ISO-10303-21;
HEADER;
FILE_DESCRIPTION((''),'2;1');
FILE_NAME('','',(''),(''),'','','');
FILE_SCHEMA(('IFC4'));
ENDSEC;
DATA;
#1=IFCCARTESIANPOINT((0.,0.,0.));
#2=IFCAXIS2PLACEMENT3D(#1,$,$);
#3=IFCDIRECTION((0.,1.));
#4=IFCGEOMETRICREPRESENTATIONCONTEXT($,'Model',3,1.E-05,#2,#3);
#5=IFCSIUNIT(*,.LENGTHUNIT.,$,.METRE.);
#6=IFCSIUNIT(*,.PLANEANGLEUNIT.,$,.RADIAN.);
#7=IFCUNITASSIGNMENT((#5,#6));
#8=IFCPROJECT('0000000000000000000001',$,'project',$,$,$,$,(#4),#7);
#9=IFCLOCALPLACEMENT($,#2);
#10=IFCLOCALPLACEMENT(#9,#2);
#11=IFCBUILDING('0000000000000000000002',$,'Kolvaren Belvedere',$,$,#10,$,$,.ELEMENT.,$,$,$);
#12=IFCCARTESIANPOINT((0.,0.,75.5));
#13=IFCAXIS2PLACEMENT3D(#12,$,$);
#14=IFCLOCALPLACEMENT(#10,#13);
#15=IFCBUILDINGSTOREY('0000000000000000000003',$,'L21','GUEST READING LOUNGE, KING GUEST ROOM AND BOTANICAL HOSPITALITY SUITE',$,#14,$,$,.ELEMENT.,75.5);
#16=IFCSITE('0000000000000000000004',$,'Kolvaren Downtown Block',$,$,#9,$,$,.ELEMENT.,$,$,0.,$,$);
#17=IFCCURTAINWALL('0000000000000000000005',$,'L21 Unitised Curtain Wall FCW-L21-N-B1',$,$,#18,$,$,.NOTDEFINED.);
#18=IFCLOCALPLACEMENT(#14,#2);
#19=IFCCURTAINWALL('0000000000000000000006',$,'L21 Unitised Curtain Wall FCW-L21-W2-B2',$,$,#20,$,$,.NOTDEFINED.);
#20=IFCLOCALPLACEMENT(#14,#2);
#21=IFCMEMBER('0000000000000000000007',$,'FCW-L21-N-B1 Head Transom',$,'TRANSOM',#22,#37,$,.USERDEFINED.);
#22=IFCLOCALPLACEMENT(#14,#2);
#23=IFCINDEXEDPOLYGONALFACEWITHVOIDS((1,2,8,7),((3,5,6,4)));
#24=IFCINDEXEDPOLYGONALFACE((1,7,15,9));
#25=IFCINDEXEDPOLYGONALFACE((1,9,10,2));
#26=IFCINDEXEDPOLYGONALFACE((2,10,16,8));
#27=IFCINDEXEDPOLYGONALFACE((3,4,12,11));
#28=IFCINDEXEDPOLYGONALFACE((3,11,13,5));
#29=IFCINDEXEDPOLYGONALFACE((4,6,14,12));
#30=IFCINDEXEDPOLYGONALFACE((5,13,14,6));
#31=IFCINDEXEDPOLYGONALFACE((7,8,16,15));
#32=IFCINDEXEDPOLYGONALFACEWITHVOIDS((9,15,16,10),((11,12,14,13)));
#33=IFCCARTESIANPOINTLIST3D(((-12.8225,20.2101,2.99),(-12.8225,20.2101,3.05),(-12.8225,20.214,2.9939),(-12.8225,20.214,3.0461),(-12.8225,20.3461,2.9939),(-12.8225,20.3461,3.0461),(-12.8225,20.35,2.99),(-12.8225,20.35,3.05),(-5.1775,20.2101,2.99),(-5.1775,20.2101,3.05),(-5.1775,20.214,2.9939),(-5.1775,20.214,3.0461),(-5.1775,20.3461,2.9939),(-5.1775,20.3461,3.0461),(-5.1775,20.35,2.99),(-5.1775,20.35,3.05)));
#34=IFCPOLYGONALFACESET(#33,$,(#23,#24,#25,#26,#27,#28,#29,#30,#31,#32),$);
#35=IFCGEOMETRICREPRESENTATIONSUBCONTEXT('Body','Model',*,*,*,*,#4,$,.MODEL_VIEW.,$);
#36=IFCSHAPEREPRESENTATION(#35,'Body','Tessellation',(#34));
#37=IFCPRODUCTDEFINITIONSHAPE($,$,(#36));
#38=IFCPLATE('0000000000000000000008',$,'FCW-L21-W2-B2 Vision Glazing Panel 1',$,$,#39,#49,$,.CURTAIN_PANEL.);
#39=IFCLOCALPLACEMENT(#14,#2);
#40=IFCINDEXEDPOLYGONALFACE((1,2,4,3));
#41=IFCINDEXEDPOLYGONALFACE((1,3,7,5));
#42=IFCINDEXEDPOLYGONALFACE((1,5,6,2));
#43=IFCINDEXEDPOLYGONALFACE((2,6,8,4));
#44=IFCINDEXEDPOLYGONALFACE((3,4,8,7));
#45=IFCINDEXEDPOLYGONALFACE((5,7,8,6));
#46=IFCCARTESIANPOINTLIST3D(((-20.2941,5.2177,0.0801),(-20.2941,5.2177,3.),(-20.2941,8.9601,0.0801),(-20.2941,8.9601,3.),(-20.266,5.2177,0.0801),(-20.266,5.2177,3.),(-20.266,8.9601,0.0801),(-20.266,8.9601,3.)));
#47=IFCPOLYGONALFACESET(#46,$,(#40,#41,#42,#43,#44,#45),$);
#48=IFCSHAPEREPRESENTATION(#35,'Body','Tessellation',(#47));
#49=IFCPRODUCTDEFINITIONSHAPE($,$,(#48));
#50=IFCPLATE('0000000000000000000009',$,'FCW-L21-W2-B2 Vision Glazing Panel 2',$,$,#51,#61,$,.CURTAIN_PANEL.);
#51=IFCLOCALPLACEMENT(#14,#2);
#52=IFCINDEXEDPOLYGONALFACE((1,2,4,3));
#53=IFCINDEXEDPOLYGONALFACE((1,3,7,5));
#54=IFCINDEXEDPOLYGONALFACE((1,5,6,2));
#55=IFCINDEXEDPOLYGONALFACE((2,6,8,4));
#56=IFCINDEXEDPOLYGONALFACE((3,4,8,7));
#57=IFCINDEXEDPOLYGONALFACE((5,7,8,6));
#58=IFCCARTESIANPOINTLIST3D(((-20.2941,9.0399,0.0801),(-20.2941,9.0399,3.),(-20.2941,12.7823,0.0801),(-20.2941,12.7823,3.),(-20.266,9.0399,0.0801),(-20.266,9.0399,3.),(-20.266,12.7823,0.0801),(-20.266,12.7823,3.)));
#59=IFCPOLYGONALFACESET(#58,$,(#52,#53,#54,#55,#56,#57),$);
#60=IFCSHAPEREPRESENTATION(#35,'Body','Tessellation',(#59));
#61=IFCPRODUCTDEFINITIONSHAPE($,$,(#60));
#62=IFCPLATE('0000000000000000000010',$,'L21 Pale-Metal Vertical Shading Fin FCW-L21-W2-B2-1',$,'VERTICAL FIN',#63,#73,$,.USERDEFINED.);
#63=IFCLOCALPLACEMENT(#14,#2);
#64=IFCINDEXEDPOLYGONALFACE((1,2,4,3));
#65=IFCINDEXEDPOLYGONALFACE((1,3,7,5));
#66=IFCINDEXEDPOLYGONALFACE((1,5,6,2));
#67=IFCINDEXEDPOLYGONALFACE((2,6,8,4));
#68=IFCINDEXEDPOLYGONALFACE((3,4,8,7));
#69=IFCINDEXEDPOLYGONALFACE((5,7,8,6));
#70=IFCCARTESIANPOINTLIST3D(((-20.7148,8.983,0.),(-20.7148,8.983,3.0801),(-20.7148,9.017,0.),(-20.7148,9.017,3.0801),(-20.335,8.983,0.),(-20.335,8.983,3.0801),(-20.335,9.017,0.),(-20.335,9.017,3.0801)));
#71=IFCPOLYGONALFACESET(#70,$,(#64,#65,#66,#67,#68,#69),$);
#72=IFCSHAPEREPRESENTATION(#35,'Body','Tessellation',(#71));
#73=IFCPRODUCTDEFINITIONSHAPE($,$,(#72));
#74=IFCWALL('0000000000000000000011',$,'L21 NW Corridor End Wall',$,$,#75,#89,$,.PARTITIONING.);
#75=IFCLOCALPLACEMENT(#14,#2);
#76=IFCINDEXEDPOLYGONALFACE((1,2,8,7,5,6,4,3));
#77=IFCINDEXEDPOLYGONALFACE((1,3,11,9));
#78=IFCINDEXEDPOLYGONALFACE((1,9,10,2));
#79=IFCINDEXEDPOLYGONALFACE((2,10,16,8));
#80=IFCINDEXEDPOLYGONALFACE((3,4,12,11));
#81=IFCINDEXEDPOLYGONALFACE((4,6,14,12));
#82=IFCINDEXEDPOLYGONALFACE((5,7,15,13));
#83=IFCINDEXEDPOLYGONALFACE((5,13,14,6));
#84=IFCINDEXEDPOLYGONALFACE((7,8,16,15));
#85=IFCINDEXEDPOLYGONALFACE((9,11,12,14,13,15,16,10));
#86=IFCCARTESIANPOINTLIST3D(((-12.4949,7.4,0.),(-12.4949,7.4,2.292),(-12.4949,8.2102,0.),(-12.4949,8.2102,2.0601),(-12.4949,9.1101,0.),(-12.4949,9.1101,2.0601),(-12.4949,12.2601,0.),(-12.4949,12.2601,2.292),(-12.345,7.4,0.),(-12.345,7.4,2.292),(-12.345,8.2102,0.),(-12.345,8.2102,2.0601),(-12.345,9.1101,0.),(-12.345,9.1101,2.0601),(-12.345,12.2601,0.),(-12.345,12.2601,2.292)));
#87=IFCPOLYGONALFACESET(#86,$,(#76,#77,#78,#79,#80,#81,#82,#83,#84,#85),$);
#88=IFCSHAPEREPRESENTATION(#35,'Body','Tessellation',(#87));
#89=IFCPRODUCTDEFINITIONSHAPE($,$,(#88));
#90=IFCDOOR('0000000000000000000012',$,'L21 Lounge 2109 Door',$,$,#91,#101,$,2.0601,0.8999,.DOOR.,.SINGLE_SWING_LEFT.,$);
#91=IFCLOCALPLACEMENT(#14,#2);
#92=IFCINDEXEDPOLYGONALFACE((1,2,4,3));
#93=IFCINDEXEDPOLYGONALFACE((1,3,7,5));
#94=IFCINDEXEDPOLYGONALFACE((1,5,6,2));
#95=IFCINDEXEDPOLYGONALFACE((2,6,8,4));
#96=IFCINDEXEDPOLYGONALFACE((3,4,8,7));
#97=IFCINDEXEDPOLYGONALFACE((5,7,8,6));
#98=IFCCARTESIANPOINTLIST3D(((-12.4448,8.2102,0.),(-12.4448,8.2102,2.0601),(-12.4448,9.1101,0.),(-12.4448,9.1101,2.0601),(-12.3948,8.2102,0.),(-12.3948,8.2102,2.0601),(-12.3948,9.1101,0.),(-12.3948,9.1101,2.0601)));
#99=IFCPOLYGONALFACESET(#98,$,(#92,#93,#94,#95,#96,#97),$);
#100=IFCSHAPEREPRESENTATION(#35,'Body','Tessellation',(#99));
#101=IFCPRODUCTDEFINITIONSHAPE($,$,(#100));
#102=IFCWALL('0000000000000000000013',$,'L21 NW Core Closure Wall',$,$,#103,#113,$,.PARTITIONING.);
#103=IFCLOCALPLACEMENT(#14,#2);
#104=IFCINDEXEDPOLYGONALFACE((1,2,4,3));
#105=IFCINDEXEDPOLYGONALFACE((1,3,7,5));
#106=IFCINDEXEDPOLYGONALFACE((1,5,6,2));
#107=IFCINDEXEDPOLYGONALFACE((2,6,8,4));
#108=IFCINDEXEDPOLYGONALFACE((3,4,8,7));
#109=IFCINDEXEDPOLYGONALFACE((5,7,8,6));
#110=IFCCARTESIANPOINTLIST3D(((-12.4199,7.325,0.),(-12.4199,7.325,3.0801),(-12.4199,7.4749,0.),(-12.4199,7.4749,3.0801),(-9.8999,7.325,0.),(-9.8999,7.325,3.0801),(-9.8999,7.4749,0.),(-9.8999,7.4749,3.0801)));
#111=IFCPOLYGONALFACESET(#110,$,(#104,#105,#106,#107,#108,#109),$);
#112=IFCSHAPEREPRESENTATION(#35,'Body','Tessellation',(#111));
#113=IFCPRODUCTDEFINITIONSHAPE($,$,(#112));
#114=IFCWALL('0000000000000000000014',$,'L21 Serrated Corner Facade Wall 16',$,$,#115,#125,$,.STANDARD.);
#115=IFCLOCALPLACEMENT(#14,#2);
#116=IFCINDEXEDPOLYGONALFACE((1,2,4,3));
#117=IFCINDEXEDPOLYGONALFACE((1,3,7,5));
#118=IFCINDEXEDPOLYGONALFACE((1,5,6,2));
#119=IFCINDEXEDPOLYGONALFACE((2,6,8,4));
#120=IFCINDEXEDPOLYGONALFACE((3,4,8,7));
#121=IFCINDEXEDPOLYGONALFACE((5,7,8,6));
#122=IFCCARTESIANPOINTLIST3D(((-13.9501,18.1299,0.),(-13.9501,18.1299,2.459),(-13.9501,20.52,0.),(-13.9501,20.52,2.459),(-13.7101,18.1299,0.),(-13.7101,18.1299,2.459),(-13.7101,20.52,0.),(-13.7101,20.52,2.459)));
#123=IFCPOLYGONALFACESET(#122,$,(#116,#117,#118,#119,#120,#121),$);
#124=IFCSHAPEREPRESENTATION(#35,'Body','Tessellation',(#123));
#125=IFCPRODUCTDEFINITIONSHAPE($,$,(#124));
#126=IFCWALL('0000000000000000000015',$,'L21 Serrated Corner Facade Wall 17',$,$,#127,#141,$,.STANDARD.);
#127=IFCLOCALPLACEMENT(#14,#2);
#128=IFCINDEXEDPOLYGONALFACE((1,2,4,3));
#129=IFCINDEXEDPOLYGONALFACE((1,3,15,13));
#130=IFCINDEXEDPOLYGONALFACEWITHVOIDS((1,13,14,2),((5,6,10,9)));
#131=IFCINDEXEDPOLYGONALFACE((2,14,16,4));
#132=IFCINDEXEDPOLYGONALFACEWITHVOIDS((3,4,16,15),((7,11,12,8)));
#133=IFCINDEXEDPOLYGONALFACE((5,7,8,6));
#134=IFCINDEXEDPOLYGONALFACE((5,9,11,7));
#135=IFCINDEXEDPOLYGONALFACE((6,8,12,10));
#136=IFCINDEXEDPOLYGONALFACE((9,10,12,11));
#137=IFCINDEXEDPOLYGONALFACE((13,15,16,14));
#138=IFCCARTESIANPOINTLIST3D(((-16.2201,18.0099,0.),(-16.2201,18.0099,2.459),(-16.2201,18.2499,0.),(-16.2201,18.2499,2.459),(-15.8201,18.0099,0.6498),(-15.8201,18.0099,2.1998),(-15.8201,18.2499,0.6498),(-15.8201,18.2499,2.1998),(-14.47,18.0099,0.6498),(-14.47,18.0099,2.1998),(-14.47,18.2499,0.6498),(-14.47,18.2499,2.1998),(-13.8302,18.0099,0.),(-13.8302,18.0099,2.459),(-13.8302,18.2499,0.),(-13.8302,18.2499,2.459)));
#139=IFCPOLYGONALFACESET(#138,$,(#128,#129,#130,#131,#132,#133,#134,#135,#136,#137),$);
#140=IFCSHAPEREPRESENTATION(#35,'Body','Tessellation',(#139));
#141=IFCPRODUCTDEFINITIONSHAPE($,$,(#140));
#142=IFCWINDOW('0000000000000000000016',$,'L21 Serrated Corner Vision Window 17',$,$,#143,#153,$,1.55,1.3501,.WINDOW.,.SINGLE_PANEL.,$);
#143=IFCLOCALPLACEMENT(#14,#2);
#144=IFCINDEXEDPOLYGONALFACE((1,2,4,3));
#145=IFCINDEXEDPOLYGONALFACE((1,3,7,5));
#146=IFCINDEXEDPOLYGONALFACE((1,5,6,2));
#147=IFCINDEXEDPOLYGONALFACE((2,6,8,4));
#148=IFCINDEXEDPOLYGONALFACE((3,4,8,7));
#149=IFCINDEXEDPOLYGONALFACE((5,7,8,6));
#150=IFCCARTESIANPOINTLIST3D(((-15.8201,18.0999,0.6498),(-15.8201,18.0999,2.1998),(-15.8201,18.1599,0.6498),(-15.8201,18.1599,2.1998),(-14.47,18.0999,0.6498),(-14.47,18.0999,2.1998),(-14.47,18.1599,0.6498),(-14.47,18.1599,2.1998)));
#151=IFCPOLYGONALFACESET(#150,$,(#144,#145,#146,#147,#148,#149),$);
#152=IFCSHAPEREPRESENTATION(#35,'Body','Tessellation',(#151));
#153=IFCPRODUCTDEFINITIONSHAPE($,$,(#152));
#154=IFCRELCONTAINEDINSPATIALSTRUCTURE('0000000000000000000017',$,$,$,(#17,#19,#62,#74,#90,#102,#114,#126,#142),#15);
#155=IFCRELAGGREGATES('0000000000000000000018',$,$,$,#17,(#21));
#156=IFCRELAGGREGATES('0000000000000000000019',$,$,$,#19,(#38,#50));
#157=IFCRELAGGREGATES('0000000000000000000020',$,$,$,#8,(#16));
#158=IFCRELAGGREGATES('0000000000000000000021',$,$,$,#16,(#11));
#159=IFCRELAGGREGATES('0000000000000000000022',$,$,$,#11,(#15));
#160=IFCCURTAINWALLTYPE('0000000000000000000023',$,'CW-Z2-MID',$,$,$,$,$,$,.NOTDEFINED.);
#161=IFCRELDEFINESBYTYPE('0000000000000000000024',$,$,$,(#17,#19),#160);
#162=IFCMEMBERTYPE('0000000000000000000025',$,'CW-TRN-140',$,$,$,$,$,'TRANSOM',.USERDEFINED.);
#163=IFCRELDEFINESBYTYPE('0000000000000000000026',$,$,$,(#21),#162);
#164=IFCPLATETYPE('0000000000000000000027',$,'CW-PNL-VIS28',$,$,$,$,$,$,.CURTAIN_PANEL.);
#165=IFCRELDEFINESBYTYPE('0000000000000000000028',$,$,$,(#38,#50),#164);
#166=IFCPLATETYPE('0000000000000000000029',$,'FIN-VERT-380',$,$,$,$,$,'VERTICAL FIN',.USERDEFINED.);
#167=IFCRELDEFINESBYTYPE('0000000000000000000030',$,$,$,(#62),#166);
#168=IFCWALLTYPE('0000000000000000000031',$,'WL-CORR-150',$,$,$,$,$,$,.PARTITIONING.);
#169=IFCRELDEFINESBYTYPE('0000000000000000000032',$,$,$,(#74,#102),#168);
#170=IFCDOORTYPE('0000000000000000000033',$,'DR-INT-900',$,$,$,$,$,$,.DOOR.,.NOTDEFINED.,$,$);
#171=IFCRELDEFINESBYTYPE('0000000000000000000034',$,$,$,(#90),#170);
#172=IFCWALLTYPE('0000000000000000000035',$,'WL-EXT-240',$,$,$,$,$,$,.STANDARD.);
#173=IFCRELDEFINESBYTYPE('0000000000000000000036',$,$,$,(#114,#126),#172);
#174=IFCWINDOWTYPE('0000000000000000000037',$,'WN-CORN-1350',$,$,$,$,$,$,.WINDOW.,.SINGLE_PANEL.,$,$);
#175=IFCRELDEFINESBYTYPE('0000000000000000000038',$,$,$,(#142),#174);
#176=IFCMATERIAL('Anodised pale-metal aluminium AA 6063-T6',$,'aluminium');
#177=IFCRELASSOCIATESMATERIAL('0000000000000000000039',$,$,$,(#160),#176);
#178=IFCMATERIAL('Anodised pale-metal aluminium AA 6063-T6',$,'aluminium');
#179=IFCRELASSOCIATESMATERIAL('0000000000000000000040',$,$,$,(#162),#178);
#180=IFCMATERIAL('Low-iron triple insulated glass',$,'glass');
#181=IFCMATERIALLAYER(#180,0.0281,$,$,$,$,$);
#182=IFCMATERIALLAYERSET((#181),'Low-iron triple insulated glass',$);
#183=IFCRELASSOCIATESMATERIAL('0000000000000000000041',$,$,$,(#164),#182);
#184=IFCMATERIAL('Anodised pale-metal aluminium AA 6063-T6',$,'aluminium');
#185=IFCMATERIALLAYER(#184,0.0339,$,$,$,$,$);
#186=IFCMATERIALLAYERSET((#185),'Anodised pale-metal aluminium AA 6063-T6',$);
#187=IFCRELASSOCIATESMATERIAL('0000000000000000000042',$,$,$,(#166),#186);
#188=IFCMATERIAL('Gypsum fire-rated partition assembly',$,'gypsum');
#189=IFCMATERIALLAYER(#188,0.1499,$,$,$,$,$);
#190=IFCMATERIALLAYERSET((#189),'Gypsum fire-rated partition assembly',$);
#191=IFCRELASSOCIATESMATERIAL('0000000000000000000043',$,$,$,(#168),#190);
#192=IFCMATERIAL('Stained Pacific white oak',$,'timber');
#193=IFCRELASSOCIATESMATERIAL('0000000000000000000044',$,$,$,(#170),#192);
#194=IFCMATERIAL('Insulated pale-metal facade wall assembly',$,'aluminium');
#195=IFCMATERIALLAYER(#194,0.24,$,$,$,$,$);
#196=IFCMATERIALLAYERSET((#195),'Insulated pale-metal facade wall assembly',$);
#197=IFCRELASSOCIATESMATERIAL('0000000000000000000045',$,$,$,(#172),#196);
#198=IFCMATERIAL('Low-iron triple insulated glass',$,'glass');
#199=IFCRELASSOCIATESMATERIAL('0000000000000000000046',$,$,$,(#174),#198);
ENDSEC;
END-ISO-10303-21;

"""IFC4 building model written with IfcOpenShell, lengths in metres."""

from ifc_helpers import new_model, si_unit, direction, frame, frame_2d, origin, origin_2d, place, context, subcontext, project, spatial, rectangle, hollow_rectangle, extrude, material, layer, layer_set, material_profile, profile_set, type_object, element, fill, aggregate, save


model = new_model("IFC4")

# Units and contexts
model_context = context("Model", 3, precision=1e-05, world=origin(), true_north=direction((0.0, 1.0)))
body_context = subcontext(model_context, "Body", "Model", "MODEL_VIEW")
ifc_project = project(units=[si_unit("LENGTHUNIT", "METRE"), si_unit("PLANEANGLEUNIT", "RADIAN")], contexts=[model_context])

# Site, building, storey
site_placement = place(None, origin())
site = spatial("IfcSite", under=ifc_project, at=site_placement, Name="Kolvaren Downtown Block", CompositionType="ELEMENT", RefElevation=0.0)
building_placement = place(site_placement, origin())
building = spatial("IfcBuilding", under=site, at=building_placement, Name="Kolvaren Belvedere", CompositionType="ELEMENT")
storey_placement = place(building_placement, frame((0.0, 0.0, 75.5)))
storey = spatial("IfcBuildingStorey", under=building, at=storey_placement, Name="L21", Description="GUEST READING LOUNGE, KING GUEST ROOM AND BOTANICAL HOSPITALITY SUITE", CompositionType="ELEMENT", Elevation=75.5)

# Curtain wall
ifc_material_1 = material(Name="Anodised pale-metal aluminium AA 6063-T6", Category="aluminium")
curtain_wall_type = type_object("IfcCurtainWallType", Name="CW-Z2-MID", PredefinedType="NOTDEFINED", material=ifc_material_1)
curtain_wall_1_placement = place(storey_placement, origin())
curtain_wall_1 = element("IfcCurtainWall", 1, at=curtain_wall_1_placement, inside=storey, type_object=curtain_wall_type, Name="L21 Unitised Curtain Wall FCW-L21-N-B1", PredefinedType="NOTDEFINED")

# Curtain wall
curtain_wall_2_placement = place(storey_placement, origin())
curtain_wall_2 = element("IfcCurtainWall", 2, at=curtain_wall_2_placement, inside=storey, type_object=curtain_wall_type, Name="L21 Unitised Curtain Wall FCW-L21-W2-B2", PredefinedType="NOTDEFINED")

# Member
ifc_material_2 = material(Name="Anodised pale-metal aluminium AA 6063-T6", Category="aluminium")
ifc_material_profile_1 = material_profile(ifc_material_2, hollow_rectangle(XDim=0.0601, YDim=0.1399, WallThickness=0.0039, at=origin_2d()), Name="ALU-TRN-140X60")
ifc_profile_set_1 = profile_set([ifc_material_profile_1], Name="Anodised pale-metal aluminium AA 6063-T6")
member_type_1 = type_object("IfcMemberType", Name="CW-TRN-140", ElementType="TRANSOM", PredefinedType="USERDEFINED", material=ifc_profile_set_1)
member_1_placement = place(storey_placement, frame((-12.8225, 20.28, 3.02), z_axis=(1.0, 0.0, 0.0), x_axis=(0.0, 0.0, 1.0)))
member_1 = element("IfcMember", 3, at=member_1_placement, type_object=member_type_1, Name="FCW-L21-N-B1 Head Transom", ObjectType="TRANSOM", PredefinedType="USERDEFINED", context=body_context, shape_type="SweptSolid", body=[
    extrude(hollow_rectangle(XDim=0.0601, YDim=0.1399, WallThickness=0.0039, at=origin_2d()), origin(), (0.0, 0.0, 1.0), 7.645),
])
aggregate(curtain_wall_1, [member_1])

# Plates
ifc_material_3 = material(Name="Low-iron triple insulated glass", Category="glass")
ifc_layer_1 = layer(ifc_material_3, 0.0281)
ifc_layer_set_1 = layer_set([ifc_layer_1], Name="Low-iron triple insulated glass")
plate_type_1 = type_object("IfcPlateType", Name="CW-PNL-VIS28", PredefinedType="CURTAIN_PANEL", material=ifc_layer_set_1)
plate_1_placement = place(storey_placement, frame((-20.28, 7.0889, 0.0801), z_axis=(0.0, 0.0, 1.0), x_axis=(0.0, 1.0, 0.0)))
plate_1 = element("IfcPlate", 4, at=plate_1_placement, type_object=plate_type_1, Name="FCW-L21-W2-B2 Vision Glazing Panel 1", PredefinedType="CURTAIN_PANEL", context=body_context, shape_type="SweptSolid", body=[
    extrude(rectangle(XDim=3.7424, YDim=0.0281, at=origin_2d()), origin(), (0.0, 0.0, 1.0), 2.9199),
])
plate_2_placement = place(storey_placement, frame((-20.28, 10.9111, 0.0801), z_axis=(0.0, 0.0, 1.0), x_axis=(0.0, 1.0, 0.0)))
plate_2 = element("IfcPlate", 5, at=plate_2_placement, type_object=plate_type_1, Name="FCW-L21-W2-B2 Vision Glazing Panel 2", PredefinedType="CURTAIN_PANEL", context=body_context, shape_type="SweptSolid", body=[
    extrude(rectangle(XDim=3.7424, YDim=0.0281, at=origin_2d()), origin(), (0.0, 0.0, 1.0), 2.9199),
])
aggregate(curtain_wall_2, [plate_1, plate_2])
ifc_material_4 = material(Name="Anodised pale-metal aluminium AA 6063-T6", Category="aluminium")
ifc_layer_2 = layer(ifc_material_4, 0.0339)
ifc_layer_set_2 = layer_set([ifc_layer_2], Name="Anodised pale-metal aluminium AA 6063-T6")
plate_type_2 = type_object("IfcPlateType", Name="FIN-VERT-380", ElementType="VERTICAL FIN", PredefinedType="USERDEFINED", material=ifc_layer_set_2)
plate_3_placement = place(storey_placement, frame((-20.5249, 9.0, 0.0), z_axis=(0.0, 0.0, 1.0), x_axis=(1.0, 0.0, 0.0)))
element("IfcPlate", 6, at=plate_3_placement, inside=storey, type_object=plate_type_2, Name="L21 Pale-Metal Vertical Shading Fin FCW-L21-W2-B2-1", ObjectType="VERTICAL FIN", PredefinedType="USERDEFINED", context=body_context, shape_type="SweptSolid", body=[
    extrude(rectangle(XDim=0.3799, YDim=0.0339, at=origin_2d()), origin(), (0.0, 0.0, 1.0), 3.0801),
])

# Wall, opening, door
ifc_material_5 = material(Name="Gypsum fire-rated partition assembly", Category="gypsum")
ifc_layer_3 = layer(ifc_material_5, 0.1499)
ifc_layer_set_3 = layer_set([ifc_layer_3], Name="Gypsum fire-rated partition assembly")
wall_type_1 = type_object("IfcWallType", Name="WL-CORR-150", PredefinedType="PARTITIONING", material=ifc_layer_set_3)
wall_1_placement = place(storey_placement, frame((-12.4199, 7.3999, 0.0), z_axis=(0.0, 0.0, 1.0), x_axis=(0.0, 1.0, 0.0)))
wall_1 = element("IfcWall", 7, at=wall_1_placement, inside=storey, type_object=wall_type_1, Name="L21 NW Corridor End Wall", PredefinedType="PARTITIONING", context=body_context, shape_type="SweptSolid", body=[
    extrude(rectangle(XDim=4.8601, YDim=0.1499, at=frame_2d((2.4302, 0.0))), origin(), (0.0, 0.0, 1.0), 2.292),
])
opening_1_placement = place(wall_1_placement, frame((0.8103, 0.0, 0.0)))
opening_1 = element("IfcOpeningElement", 8, at=opening_1_placement, cuts=wall_1, PredefinedType="OPENING", context=body_context, shape_type="SweptSolid", body=[
    extrude(rectangle(XDim=0.8999, YDim=2.0601, at=frame_2d((0.45, 1.03))), frame((0.0, 0.085, 0.0), z_axis=(0.0, -1.0, 0.0), x_axis=(1.0, 0.0, 0.0)), (0.0, 0.0, 1.0), 0.1699),
])
ifc_material_6 = material(Name="Stained Pacific white oak", Category="timber")
door_type = type_object("IfcDoorType", Name="DR-INT-900", OperationType="NOTDEFINED", PredefinedType="DOOR", material=ifc_material_6)
door_placement = place(opening_1_placement, origin())
door = element("IfcDoor", 9, at=door_placement, inside=storey, type_object=door_type, Name="L21 Lounge 2109 Door", OperationType="SINGLE_SWING_LEFT", OverallHeight=2.0601, OverallWidth=0.8999, PredefinedType="DOOR", context=body_context, shape_type="SweptSolid", body=[
    extrude(rectangle(XDim=0.8999, YDim=2.0601, at=frame_2d((0.45, 1.03))), frame((0.0, 0.0249, 0.0), z_axis=(0.0, -1.0, 0.0), x_axis=(1.0, 0.0, 0.0)), (0.0, 0.0, 1.0), 0.05),
])
fill(opening_1, door)

# Walls
wall_2_placement = place(storey_placement, frame((-12.4199, 7.3999, 0.0), z_axis=(0.0, 0.0, 1.0), x_axis=(1.0, 0.0, 0.0)))
element("IfcWall", 10, at=wall_2_placement, inside=storey, type_object=wall_type_1, Name="L21 NW Core Closure Wall", PredefinedType="PARTITIONING", context=body_context, shape_type="SweptSolid", body=[
    extrude(rectangle(XDim=2.52, YDim=0.1499, at=frame_2d((1.26, 0.0))), origin(), (0.0, 0.0, 1.0), 3.0801),
])
ifc_material_7 = material(Name="Insulated pale-metal facade wall assembly", Category="aluminium")
ifc_layer_4 = layer(ifc_material_7, 0.24)
ifc_layer_set_4 = layer_set([ifc_layer_4], Name="Insulated pale-metal facade wall assembly")
wall_type_2 = type_object("IfcWallType", Name="WL-EXT-240", PredefinedType="STANDARD", material=ifc_layer_set_4)
wall_3_placement = place(storey_placement, frame((-13.8301, 18.1299, 0.0), z_axis=(0.0, 0.0, 1.0), x_axis=(0.0, 1.0, 0.0)))
element("IfcWall", 11, at=wall_3_placement, inside=storey, type_object=wall_type_2, Name="L21 Serrated Corner Facade Wall 16", PredefinedType="STANDARD", context=body_context, shape_type="SweptSolid", body=[
    extrude(rectangle(XDim=2.3901, YDim=0.24, at=frame_2d((1.1951, 0.0))), origin(), (0.0, 0.0, 1.0), 2.459),
])

# Wall, opening, window
wall_4_placement = place(storey_placement, frame((-16.22, 18.1299, 0.0), z_axis=(0.0, 0.0, 1.0), x_axis=(1.0, 0.0, 0.0)))
wall_4 = element("IfcWall", 12, at=wall_4_placement, inside=storey, type_object=wall_type_2, Name="L21 Serrated Corner Facade Wall 17", PredefinedType="STANDARD", context=body_context, shape_type="SweptSolid", body=[
    extrude(rectangle(XDim=2.3899, YDim=0.24, at=frame_2d((1.1948, 0.0))), origin(), (0.0, 0.0, 1.0), 2.459),
])
opening_2_placement = place(wall_4_placement, frame((0.3999, 0.0, 0.6499)))
opening_2 = element("IfcOpeningElement", 13, at=opening_2_placement, cuts=wall_4, PredefinedType="OPENING", context=body_context, shape_type="SweptSolid", body=[
    extrude(rectangle(XDim=1.3501, YDim=1.55, at=frame_2d((0.675, 0.7749))), frame((0.0, 0.1299, 0.0), z_axis=(0.0, -1.0, 0.0), x_axis=(1.0, 0.0, 0.0)), (0.0, 0.0, 1.0), 0.26),
])
ifc_material_8 = material(Name="Low-iron triple insulated glass", Category="glass")
window_type_1 = type_object("IfcWindowType", Name="WN-CORN-1350", PartitioningType="SINGLE_PANEL", PredefinedType="WINDOW", material=ifc_material_8)
window_1_placement = place(opening_2_placement, origin())
window_1 = element("IfcWindow", 14, at=window_1_placement, inside=storey, type_object=window_type_1, Name="L21 Serrated Corner Vision Window 17", OverallHeight=1.55, OverallWidth=1.3501, PartitioningType="SINGLE_PANEL", PredefinedType="WINDOW", context=body_context, shape_type="SweptSolid", body=[
    extrude(rectangle(XDim=1.3501, YDim=1.55, at=frame_2d((0.675, 0.7749))), frame((0.0, 0.03, 0.0), z_axis=(0.0, -1.0, 0.0), x_axis=(1.0, 0.0, 0.0)), (0.0, 0.0, 1.0), 0.0601),
])
fill(opening_2, window_1)

save(model, "model.ifc")
